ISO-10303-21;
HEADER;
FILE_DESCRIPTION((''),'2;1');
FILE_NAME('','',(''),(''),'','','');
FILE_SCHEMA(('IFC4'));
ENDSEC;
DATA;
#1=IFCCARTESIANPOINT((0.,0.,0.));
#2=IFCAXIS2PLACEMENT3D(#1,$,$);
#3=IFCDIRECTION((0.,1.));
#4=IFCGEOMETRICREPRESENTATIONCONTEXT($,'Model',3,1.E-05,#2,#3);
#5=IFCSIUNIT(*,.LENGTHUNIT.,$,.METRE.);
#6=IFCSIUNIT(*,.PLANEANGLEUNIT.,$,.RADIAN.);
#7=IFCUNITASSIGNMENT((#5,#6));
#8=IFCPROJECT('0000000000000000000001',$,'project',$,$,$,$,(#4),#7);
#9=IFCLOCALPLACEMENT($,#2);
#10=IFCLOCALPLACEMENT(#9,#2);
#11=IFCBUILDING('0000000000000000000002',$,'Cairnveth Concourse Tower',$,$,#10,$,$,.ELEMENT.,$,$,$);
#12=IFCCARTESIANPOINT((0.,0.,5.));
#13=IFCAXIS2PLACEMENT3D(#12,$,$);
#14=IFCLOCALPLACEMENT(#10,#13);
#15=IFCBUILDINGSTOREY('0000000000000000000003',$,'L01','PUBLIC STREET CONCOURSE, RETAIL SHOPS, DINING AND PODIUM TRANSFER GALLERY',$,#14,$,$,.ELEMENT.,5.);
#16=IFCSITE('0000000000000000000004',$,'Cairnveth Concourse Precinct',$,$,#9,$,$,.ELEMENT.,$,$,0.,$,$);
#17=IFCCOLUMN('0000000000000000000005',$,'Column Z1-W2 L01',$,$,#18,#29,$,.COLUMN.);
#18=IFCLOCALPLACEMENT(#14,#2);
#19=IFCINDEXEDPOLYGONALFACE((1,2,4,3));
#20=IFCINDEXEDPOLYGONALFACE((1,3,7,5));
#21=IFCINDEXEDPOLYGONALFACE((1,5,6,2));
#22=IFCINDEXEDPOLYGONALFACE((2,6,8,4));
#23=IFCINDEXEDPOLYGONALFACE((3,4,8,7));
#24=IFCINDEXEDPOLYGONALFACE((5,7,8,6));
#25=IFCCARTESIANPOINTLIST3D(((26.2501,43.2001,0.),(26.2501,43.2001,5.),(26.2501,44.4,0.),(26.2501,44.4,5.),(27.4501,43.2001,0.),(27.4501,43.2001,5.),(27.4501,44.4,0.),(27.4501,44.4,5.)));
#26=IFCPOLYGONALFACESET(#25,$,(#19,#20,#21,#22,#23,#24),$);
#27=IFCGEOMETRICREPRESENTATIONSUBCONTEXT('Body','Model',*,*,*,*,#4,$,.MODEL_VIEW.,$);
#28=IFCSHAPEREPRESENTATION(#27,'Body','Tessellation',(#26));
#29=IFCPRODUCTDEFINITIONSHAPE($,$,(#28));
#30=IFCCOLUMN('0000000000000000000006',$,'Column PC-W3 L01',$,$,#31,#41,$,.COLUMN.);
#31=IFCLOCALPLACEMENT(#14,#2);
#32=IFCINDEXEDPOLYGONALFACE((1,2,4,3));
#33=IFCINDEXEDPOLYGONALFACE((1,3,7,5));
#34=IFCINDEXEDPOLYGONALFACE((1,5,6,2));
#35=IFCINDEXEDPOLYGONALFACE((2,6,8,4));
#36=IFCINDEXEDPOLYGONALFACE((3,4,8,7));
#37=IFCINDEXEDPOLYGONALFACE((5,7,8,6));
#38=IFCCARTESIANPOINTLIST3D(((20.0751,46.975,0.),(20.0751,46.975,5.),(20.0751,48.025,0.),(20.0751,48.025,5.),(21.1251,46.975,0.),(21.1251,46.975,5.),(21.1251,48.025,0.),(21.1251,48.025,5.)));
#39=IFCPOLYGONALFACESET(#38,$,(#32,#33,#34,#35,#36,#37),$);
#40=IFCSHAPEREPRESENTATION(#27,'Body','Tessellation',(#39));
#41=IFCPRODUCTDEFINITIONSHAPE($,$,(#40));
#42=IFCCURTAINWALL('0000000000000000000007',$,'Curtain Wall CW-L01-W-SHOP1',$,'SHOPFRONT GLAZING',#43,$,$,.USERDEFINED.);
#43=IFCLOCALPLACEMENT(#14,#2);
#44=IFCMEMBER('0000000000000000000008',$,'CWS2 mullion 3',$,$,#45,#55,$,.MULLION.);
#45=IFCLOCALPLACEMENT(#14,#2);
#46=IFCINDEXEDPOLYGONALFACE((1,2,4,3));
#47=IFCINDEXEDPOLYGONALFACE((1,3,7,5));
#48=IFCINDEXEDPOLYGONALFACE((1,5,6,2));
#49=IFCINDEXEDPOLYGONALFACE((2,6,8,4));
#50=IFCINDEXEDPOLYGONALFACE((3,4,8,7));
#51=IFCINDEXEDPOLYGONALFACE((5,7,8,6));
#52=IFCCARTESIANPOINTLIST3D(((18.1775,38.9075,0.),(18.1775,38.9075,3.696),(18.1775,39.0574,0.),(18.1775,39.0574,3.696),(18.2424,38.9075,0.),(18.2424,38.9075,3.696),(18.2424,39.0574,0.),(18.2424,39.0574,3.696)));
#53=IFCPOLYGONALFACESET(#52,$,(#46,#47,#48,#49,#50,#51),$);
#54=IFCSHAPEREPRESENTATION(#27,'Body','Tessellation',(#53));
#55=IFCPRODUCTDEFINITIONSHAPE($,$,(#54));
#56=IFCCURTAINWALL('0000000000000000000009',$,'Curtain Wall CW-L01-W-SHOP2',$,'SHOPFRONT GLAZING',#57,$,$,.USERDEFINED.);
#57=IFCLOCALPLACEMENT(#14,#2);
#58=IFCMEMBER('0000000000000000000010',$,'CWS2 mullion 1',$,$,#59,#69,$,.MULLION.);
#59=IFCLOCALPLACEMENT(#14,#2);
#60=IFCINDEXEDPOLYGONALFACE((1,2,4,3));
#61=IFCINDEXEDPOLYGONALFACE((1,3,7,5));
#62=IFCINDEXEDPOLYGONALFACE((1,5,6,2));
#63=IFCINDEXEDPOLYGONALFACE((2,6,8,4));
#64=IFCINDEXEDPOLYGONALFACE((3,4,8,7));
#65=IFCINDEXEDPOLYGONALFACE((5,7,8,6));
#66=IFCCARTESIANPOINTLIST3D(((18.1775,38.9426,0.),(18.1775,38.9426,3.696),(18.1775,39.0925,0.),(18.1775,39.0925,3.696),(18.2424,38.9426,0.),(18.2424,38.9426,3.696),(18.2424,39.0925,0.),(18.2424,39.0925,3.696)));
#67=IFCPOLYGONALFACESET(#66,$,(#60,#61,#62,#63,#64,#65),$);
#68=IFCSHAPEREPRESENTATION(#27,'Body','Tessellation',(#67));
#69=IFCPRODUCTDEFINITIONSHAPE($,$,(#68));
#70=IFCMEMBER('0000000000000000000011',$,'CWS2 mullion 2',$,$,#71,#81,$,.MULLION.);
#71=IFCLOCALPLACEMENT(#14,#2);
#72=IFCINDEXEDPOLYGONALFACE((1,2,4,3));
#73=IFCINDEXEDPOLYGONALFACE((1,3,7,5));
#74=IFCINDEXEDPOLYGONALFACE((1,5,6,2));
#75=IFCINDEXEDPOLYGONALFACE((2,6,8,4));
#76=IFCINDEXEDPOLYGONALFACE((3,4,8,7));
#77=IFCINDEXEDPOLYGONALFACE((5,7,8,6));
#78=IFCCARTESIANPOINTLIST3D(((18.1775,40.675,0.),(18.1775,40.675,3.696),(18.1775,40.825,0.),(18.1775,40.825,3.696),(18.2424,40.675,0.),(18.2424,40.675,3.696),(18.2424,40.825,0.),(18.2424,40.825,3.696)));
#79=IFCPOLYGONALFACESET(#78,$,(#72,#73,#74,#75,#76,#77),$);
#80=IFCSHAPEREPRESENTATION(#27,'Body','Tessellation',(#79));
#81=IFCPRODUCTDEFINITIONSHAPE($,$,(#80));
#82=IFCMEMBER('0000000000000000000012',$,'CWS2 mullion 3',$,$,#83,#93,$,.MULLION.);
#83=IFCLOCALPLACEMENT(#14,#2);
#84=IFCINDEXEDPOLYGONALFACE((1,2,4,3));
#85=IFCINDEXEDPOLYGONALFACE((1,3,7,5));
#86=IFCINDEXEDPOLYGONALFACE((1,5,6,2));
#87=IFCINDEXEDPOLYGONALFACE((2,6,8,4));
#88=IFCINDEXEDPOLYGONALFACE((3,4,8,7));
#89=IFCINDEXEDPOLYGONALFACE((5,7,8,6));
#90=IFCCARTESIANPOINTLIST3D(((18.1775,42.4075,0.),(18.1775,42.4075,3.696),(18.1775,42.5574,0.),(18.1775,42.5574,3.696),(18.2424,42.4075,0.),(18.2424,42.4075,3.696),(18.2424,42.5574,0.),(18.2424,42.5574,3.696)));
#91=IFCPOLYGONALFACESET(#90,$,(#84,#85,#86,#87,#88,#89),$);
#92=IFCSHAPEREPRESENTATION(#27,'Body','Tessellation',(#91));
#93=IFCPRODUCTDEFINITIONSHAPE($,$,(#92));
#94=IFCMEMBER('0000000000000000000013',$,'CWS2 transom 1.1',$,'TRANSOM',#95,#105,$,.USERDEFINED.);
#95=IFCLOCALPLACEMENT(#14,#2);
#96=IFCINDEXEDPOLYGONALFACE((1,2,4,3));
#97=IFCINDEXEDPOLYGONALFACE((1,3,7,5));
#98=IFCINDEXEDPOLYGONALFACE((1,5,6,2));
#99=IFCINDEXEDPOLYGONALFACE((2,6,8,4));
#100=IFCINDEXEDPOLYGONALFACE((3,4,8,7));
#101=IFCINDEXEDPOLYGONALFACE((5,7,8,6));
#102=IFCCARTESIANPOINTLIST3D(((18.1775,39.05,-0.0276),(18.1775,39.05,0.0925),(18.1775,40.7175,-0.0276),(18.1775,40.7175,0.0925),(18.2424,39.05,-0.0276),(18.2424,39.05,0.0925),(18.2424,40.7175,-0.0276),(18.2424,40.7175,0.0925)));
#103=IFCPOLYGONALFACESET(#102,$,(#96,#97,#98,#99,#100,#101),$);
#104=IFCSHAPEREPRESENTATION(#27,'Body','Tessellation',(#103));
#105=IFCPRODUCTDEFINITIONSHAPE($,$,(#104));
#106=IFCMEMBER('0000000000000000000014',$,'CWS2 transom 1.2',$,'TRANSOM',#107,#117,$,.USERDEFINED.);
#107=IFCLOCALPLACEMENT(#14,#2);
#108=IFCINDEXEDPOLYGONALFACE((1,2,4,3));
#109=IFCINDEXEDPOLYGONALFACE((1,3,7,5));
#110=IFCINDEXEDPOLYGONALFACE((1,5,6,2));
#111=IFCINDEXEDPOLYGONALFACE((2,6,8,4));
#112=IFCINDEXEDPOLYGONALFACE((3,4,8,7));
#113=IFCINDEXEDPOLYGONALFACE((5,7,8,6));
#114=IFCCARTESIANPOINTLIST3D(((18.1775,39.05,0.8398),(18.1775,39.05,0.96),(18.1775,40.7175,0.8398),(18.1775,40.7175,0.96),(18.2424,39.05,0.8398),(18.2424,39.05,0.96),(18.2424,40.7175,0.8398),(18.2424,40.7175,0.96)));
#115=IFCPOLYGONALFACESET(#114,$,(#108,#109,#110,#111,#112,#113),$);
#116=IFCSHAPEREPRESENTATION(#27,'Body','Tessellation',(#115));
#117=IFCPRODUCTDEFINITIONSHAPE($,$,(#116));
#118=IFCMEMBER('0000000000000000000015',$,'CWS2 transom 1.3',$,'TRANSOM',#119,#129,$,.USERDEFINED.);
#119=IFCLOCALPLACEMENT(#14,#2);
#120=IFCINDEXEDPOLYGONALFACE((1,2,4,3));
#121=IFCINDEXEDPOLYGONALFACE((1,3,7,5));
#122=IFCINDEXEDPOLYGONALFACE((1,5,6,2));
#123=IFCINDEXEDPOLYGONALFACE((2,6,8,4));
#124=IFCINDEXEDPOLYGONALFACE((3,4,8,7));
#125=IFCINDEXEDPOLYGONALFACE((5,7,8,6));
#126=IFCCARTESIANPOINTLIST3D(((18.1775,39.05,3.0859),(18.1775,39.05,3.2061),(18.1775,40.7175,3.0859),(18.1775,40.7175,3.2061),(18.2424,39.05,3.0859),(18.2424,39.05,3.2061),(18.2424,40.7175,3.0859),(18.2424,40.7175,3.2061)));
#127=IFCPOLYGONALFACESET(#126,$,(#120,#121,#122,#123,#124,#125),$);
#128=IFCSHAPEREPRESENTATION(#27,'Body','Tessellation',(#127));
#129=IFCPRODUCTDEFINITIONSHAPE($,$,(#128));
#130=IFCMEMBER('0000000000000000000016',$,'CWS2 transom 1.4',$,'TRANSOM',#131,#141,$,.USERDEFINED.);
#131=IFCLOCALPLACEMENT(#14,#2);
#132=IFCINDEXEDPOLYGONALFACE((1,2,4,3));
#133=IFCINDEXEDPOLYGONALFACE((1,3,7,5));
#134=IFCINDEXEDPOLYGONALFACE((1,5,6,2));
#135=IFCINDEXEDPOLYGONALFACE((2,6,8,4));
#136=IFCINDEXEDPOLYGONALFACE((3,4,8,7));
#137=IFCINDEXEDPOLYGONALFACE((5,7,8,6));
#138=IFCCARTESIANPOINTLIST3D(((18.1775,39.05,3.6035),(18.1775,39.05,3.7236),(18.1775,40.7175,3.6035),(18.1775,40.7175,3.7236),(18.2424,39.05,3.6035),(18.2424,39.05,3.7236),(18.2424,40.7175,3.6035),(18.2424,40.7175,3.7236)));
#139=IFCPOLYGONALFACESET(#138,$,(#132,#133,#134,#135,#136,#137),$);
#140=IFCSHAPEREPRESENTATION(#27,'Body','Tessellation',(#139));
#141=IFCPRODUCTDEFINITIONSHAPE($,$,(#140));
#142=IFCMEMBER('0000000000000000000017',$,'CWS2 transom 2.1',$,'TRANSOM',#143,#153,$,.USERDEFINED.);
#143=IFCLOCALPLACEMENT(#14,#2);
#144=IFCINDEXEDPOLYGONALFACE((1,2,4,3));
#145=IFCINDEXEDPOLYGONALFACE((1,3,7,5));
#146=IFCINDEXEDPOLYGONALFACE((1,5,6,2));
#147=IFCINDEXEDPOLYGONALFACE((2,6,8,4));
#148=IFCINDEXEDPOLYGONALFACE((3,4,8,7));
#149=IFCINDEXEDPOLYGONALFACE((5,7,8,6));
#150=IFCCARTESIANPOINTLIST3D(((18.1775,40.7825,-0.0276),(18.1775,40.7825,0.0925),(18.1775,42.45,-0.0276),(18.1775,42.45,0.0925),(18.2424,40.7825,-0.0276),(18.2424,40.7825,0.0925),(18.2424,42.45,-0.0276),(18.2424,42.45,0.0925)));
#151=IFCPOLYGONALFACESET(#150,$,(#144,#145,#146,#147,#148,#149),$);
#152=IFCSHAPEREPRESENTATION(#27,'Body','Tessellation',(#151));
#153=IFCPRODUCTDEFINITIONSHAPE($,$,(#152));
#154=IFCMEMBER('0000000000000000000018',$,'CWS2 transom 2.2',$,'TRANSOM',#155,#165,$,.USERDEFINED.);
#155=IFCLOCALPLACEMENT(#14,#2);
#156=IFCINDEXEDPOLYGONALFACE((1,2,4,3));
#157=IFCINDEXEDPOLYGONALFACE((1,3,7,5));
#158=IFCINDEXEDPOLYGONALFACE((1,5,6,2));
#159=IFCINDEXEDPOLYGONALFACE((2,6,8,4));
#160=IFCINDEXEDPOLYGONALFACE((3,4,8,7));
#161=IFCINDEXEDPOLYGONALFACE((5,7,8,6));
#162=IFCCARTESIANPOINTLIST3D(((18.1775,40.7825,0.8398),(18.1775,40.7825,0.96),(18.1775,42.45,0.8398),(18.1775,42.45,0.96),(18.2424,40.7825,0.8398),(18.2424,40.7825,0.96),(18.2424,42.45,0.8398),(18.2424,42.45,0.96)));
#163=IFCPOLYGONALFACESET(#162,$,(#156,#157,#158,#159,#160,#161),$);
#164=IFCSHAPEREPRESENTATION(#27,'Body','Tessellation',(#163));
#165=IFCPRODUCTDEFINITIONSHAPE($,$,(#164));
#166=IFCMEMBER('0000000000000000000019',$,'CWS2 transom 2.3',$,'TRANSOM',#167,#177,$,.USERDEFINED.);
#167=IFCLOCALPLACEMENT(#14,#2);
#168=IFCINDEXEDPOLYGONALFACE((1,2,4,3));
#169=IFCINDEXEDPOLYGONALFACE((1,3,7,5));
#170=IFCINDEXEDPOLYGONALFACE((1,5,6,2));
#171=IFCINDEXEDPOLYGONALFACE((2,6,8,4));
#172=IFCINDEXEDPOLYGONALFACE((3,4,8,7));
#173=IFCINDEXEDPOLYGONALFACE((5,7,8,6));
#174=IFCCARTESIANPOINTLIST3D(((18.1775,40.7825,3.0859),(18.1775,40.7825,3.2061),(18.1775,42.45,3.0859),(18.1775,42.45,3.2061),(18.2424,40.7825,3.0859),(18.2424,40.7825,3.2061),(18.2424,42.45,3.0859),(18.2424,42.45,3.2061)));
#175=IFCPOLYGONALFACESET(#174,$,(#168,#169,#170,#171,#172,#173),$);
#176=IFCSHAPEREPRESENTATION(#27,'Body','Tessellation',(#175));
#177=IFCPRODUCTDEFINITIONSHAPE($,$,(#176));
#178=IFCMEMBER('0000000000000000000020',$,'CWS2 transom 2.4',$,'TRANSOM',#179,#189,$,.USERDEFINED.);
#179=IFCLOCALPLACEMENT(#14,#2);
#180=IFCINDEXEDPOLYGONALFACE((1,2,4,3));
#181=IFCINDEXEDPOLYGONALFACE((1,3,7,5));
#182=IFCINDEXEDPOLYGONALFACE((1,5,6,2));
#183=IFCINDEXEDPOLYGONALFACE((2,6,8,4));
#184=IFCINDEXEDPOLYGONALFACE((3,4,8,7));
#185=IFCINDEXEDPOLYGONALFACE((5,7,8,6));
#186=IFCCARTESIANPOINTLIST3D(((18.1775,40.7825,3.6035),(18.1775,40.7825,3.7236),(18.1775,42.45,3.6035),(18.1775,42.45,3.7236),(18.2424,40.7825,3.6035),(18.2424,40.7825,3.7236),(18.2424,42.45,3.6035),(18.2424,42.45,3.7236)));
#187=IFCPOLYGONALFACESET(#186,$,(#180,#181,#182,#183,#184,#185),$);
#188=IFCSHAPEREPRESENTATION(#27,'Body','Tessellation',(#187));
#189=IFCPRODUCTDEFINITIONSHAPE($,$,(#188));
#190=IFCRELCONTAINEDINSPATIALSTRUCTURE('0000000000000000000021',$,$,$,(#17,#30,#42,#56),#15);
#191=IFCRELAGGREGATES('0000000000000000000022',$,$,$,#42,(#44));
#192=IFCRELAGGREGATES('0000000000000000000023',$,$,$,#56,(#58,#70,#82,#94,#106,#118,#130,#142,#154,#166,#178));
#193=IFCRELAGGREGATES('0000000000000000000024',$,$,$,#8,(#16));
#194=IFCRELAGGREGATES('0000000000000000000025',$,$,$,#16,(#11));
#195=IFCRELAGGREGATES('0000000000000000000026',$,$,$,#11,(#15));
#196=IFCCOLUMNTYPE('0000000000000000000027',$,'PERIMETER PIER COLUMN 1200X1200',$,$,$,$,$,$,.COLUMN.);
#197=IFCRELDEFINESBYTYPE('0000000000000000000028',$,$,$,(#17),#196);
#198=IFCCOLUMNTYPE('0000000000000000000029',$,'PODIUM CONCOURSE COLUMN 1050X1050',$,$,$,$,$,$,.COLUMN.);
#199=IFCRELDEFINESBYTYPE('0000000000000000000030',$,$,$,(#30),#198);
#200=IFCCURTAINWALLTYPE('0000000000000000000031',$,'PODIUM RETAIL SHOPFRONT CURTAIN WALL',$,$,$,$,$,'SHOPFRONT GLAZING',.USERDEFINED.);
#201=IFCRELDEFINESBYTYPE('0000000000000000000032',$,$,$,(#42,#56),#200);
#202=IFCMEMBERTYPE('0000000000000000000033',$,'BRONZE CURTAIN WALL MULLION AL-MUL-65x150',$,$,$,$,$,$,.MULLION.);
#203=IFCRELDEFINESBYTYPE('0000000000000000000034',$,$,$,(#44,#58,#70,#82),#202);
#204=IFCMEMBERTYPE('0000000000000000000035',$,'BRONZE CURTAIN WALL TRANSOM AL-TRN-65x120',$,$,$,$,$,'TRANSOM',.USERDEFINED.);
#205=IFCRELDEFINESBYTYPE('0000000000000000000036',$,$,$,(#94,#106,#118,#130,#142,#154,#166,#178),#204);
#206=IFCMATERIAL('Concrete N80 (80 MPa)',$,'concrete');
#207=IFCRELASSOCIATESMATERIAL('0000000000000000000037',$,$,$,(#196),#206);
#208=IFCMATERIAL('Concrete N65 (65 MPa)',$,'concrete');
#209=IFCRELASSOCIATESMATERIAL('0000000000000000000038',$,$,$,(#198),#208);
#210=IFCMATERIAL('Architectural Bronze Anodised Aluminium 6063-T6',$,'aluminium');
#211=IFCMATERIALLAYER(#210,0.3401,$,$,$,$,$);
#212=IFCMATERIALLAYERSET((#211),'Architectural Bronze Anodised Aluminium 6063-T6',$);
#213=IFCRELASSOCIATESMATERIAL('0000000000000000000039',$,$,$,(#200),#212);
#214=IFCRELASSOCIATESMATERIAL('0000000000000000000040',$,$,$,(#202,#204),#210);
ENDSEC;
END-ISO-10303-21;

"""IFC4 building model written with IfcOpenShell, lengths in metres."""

from ifc_helpers import new_model, si_unit, direction, frame, origin, origin_2d, place, context, subcontext, project, spatial, rectangle, extrude, material, layer, layer_set, material_profile, profile_set, type_object, element, aggregate, save


model = new_model("IFC4")

# Units and contexts
model_context = context("Model", 3, precision=1e-05, world=origin(), true_north=direction((0.0, 1.0)))
body_context = subcontext(model_context, "Body", "Model", "MODEL_VIEW")
ifc_project = project(units=[si_unit("LENGTHUNIT", "METRE"), si_unit("PLANEANGLEUNIT", "RADIAN")], contexts=[model_context])

# Site, building, storey
site_placement = place(None, origin())
site = spatial("IfcSite", under=ifc_project, at=site_placement, Name="Cairnveth Concourse Precinct", CompositionType="ELEMENT", RefElevation=0.0)
building_placement = place(site_placement, origin())
building = spatial("IfcBuilding", under=site, at=building_placement, Name="Cairnveth Concourse Tower", CompositionType="ELEMENT")
storey_placement = place(building_placement, frame((0.0, 0.0, 5.0)))
storey = spatial("IfcBuildingStorey", under=building, at=storey_placement, Name="L01", Description="PUBLIC STREET CONCOURSE, RETAIL SHOPS, DINING AND PODIUM TRANSFER GALLERY", CompositionType="ELEMENT", Elevation=5.0)

# Columns
ifc_material_1 = material(Name="Concrete N80 (80 MPa)", Category="concrete")
ifc_material_profile_1 = material_profile(ifc_material_1, rectangle(XDim=1.2, YDim=1.2, at=origin_2d()), Name="RC-COL-1200x1200")
ifc_profile_set_1 = profile_set([ifc_material_profile_1], Name="Concrete N80 (80 MPa)")
column_type_1 = type_object("IfcColumnType", Name="PERIMETER PIER COLUMN 1200X1200", PredefinedType="COLUMN", material=ifc_profile_set_1)
column_1_placement = place(storey_placement, frame((26.8501, 43.8, 0.0), z_axis=(0.0, 0.0, 1.0), x_axis=(1.0, 0.0, 0.0)))
element("IfcColumn", 1, at=column_1_placement, inside=storey, type_object=column_type_1, Name="Column Z1-W2 L01", PredefinedType="COLUMN", context=body_context, shape_type="SweptSolid", body=[
    extrude(rectangle(XDim=1.2, YDim=1.2, at=origin_2d()), origin(), (0.0, 0.0, 1.0), 5.0),
])
ifc_material_2 = material(Name="Concrete N65 (65 MPa)", Category="concrete")
ifc_material_profile_2 = material_profile(ifc_material_2, rectangle(XDim=1.05, YDim=1.05, at=origin_2d()), Name="RC-COL-1050x1050")
ifc_profile_set_2 = profile_set([ifc_material_profile_2], Name="Concrete N65 (65 MPa)")
column_type_2 = type_object("IfcColumnType", Name="PODIUM CONCOURSE COLUMN 1050X1050", PredefinedType="COLUMN", material=ifc_profile_set_2)
column_2_placement = place(storey_placement, frame((20.6001, 47.5, 0.0), z_axis=(0.0, 0.0, 1.0), x_axis=(1.0, 0.0, 0.0)))
element("IfcColumn", 2, at=column_2_placement, inside=storey, type_object=column_type_2, Name="Column PC-W3 L01", PredefinedType="COLUMN", context=body_context, shape_type="SweptSolid", body=[
    extrude(rectangle(XDim=1.05, YDim=1.05, at=origin_2d()), origin(), (0.0, 0.0, 1.0), 5.0),
])

# Curtain wall, member
ifc_material_3 = material(Name="Architectural Bronze Anodised Aluminium 6063-T6", Category="aluminium")
ifc_layer_1 = layer(ifc_material_3, 0.3401)
ifc_layer_set_1 = layer_set([ifc_layer_1], Name="Architectural Bronze Anodised Aluminium 6063-T6")
curtain_wall_type = type_object("IfcCurtainWallType", Name="PODIUM RETAIL SHOPFRONT CURTAIN WALL", ElementType="SHOPFRONT GLAZING", PredefinedType="USERDEFINED", material=ifc_layer_set_1)
curtain_wall_1_placement = place(storey_placement, origin())
curtain_wall_1 = element("IfcCurtainWall", 3, at=curtain_wall_1_placement, inside=storey, type_object=curtain_wall_type, Name="Curtain Wall CW-L01-W-SHOP1", ObjectType="SHOPFRONT GLAZING", PredefinedType="USERDEFINED")
ifc_material_profile_3 = material_profile(ifc_material_3, rectangle(XDim=0.0649, YDim=0.1499, at=origin_2d()), Name="AL-MUL-65x150")
ifc_profile_set_3 = profile_set([ifc_material_profile_3], Name="Architectural Bronze Anodised Aluminium 6063-T6")
member_type_1 = type_object("IfcMemberType", Name="BRONZE CURTAIN WALL MULLION AL-MUL-65x150", PredefinedType="MULLION", material=ifc_profile_set_3)
member_1_placement = place(storey_placement, frame((18.21, 38.9824, 0.0), z_axis=(0.0, 0.0, 1.0), x_axis=(-1.0, 0.0, 0.0)))
member_1 = element("IfcMember", 4, at=member_1_placement, type_object=member_type_1, Name="CWS2 mullion 3", PredefinedType="MULLION", context=body_context, shape_type="SweptSolid", body=[
    extrude(rectangle(XDim=0.0649, YDim=0.1499, at=origin_2d()), origin(), (0.0, 0.0, 1.0), 3.696),
])
aggregate(curtain_wall_1, [member_1])

# Curtain wall, members
curtain_wall_2_placement = place(storey_placement, origin())
curtain_wall_2 = element("IfcCurtainWall", 5, at=curtain_wall_2_placement, inside=storey, type_object=curtain_wall_type, Name="Curtain Wall CW-L01-W-SHOP2", ObjectType="SHOPFRONT GLAZING", PredefinedType="USERDEFINED")
member_2_placement = place(storey_placement, frame((18.21, 39.0176, 0.0), z_axis=(0.0, 0.0, 1.0), x_axis=(-1.0, 0.0, 0.0)))
member_2 = element("IfcMember", 6, at=member_2_placement, type_object=member_type_1, Name="CWS2 mullion 1", PredefinedType="MULLION", context=body_context, shape_type="SweptSolid", body=[
    extrude(rectangle(XDim=0.0649, YDim=0.1499, at=origin_2d()), origin(), (0.0, 0.0, 1.0), 3.696),
])
member_3_placement = place(storey_placement, frame((18.21, 40.75, 0.0), z_axis=(0.0, 0.0, 1.0), x_axis=(-1.0, 0.0, 0.0)))
member_3 = element("IfcMember", 7, at=member_3_placement, type_object=member_type_1, Name="CWS2 mullion 2", PredefinedType="MULLION", context=body_context, shape_type="SweptSolid", body=[
    extrude(rectangle(XDim=0.0649, YDim=0.1499, at=origin_2d()), origin(), (0.0, 0.0, 1.0), 3.696),
])
member_4_placement = place(storey_placement, frame((18.21, 42.4824, 0.0), z_axis=(0.0, 0.0, 1.0), x_axis=(-1.0, 0.0, 0.0)))
member_4 = element("IfcMember", 8, at=member_4_placement, type_object=member_type_1, Name="CWS2 mullion 3", PredefinedType="MULLION", context=body_context, shape_type="SweptSolid", body=[
    extrude(rectangle(XDim=0.0649, YDim=0.1499, at=origin_2d()), origin(), (0.0, 0.0, 1.0), 3.696),
])
ifc_material_profile_4 = material_profile(ifc_material_3, rectangle(XDim=0.0649, YDim=0.1201, at=origin_2d()), Name="AL-TRN-65x120")
ifc_profile_set_4 = profile_set([ifc_material_profile_4], Name="Architectural Bronze Anodised Aluminium 6063-T6")
member_type_2 = type_object("IfcMemberType", Name="BRONZE CURTAIN WALL TRANSOM AL-TRN-65x120", ElementType="TRANSOM", PredefinedType="USERDEFINED", material=ifc_profile_set_4)
member_5_placement = place(storey_placement, frame((18.21, 39.05, 0.0325), z_axis=(0.0, 1.0, 0.0), x_axis=(-1.0, 0.0, 0.0)))
member_5 = element("IfcMember", 9, at=member_5_placement, type_object=member_type_2, Name="CWS2 transom 1.1", ObjectType="TRANSOM", PredefinedType="USERDEFINED", context=body_context, shape_type="SweptSolid", body=[
    extrude(rectangle(XDim=0.0649, YDim=0.1201, at=origin_2d()), origin(), (0.0, 0.0, 1.0), 1.6675),
])
member_6_placement = place(storey_placement, frame((18.21, 39.05, 0.8999), z_axis=(0.0, 1.0, 0.0), x_axis=(-1.0, 0.0, 0.0)))
member_6 = element("IfcMember", 10, at=member_6_placement, type_object=member_type_2, Name="CWS2 transom 1.2", ObjectType="TRANSOM", PredefinedType="USERDEFINED", context=body_context, shape_type="SweptSolid", body=[
    extrude(rectangle(XDim=0.0649, YDim=0.1201, at=origin_2d()), origin(), (0.0, 0.0, 1.0), 1.6675),
])
member_7_placement = place(storey_placement, frame((18.21, 39.05, 3.146), z_axis=(0.0, 1.0, 0.0), x_axis=(-1.0, 0.0, 0.0)))
member_7 = element("IfcMember", 11, at=member_7_placement, type_object=member_type_2, Name="CWS2 transom 1.3", ObjectType="TRANSOM", PredefinedType="USERDEFINED", context=body_context, shape_type="SweptSolid", body=[
    extrude(rectangle(XDim=0.0649, YDim=0.1201, at=origin_2d()), origin(), (0.0, 0.0, 1.0), 1.6675),
])
member_8_placement = place(storey_placement, frame((18.21, 39.05, 3.6636), z_axis=(0.0, 1.0, 0.0), x_axis=(-1.0, 0.0, 0.0)))
member_8 = element("IfcMember", 12, at=member_8_placement, type_object=member_type_2, Name="CWS2 transom 1.4", ObjectType="TRANSOM", PredefinedType="USERDEFINED", context=body_context, shape_type="SweptSolid", body=[
    extrude(rectangle(XDim=0.0649, YDim=0.1201, at=origin_2d()), origin(), (0.0, 0.0, 1.0), 1.6675),
])
member_9_placement = place(storey_placement, frame((18.21, 40.7825, 0.0325), z_axis=(0.0, 1.0, 0.0), x_axis=(-1.0, 0.0, 0.0)))
member_9 = element("IfcMember", 13, at=member_9_placement, type_object=member_type_2, Name="CWS2 transom 2.1", ObjectType="TRANSOM", PredefinedType="USERDEFINED", context=body_context, shape_type="SweptSolid", body=[
    extrude(rectangle(XDim=0.0649, YDim=0.1201, at=origin_2d()), origin(), (0.0, 0.0, 1.0), 1.6675),
])
member_10_placement = place(storey_placement, frame((18.21, 40.7825, 0.8999), z_axis=(0.0, 1.0, 0.0), x_axis=(-1.0, 0.0, 0.0)))
member_10 = element("IfcMember", 14, at=member_10_placement, type_object=member_type_2, Name="CWS2 transom 2.2", ObjectType="TRANSOM", PredefinedType="USERDEFINED", context=body_context, shape_type="SweptSolid", body=[
    extrude(rectangle(XDim=0.0649, YDim=0.1201, at=origin_2d()), origin(), (0.0, 0.0, 1.0), 1.6675),
])
member_11_placement = place(storey_placement, frame((18.21, 40.7825, 3.146), z_axis=(0.0, 1.0, 0.0), x_axis=(-1.0, 0.0, 0.0)))
member_11 = element("IfcMember", 15, at=member_11_placement, type_object=member_type_2, Name="CWS2 transom 2.3", ObjectType="TRANSOM", PredefinedType="USERDEFINED", context=body_context, shape_type="SweptSolid", body=[
    extrude(rectangle(XDim=0.0649, YDim=0.1201, at=origin_2d()), origin(), (0.0, 0.0, 1.0), 1.6675),
])
member_12_placement = place(storey_placement, frame((18.21, 40.7825, 3.6636), z_axis=(0.0, 1.0, 0.0), x_axis=(-1.0, 0.0, 0.0)))
member_12 = element("IfcMember", 16, at=member_12_placement, type_object=member_type_2, Name="CWS2 transom 2.4", ObjectType="TRANSOM", PredefinedType="USERDEFINED", context=body_context, shape_type="SweptSolid", body=[
    extrude(rectangle(XDim=0.0649, YDim=0.1201, at=origin_2d()), origin(), (0.0, 0.0, 1.0), 1.6675),
])

aggregate(curtain_wall_2, [member_2, member_3, member_4, member_5, member_6, member_7, member_8, member_9, member_10, member_11, member_12])

save(model, "model.ifc")
